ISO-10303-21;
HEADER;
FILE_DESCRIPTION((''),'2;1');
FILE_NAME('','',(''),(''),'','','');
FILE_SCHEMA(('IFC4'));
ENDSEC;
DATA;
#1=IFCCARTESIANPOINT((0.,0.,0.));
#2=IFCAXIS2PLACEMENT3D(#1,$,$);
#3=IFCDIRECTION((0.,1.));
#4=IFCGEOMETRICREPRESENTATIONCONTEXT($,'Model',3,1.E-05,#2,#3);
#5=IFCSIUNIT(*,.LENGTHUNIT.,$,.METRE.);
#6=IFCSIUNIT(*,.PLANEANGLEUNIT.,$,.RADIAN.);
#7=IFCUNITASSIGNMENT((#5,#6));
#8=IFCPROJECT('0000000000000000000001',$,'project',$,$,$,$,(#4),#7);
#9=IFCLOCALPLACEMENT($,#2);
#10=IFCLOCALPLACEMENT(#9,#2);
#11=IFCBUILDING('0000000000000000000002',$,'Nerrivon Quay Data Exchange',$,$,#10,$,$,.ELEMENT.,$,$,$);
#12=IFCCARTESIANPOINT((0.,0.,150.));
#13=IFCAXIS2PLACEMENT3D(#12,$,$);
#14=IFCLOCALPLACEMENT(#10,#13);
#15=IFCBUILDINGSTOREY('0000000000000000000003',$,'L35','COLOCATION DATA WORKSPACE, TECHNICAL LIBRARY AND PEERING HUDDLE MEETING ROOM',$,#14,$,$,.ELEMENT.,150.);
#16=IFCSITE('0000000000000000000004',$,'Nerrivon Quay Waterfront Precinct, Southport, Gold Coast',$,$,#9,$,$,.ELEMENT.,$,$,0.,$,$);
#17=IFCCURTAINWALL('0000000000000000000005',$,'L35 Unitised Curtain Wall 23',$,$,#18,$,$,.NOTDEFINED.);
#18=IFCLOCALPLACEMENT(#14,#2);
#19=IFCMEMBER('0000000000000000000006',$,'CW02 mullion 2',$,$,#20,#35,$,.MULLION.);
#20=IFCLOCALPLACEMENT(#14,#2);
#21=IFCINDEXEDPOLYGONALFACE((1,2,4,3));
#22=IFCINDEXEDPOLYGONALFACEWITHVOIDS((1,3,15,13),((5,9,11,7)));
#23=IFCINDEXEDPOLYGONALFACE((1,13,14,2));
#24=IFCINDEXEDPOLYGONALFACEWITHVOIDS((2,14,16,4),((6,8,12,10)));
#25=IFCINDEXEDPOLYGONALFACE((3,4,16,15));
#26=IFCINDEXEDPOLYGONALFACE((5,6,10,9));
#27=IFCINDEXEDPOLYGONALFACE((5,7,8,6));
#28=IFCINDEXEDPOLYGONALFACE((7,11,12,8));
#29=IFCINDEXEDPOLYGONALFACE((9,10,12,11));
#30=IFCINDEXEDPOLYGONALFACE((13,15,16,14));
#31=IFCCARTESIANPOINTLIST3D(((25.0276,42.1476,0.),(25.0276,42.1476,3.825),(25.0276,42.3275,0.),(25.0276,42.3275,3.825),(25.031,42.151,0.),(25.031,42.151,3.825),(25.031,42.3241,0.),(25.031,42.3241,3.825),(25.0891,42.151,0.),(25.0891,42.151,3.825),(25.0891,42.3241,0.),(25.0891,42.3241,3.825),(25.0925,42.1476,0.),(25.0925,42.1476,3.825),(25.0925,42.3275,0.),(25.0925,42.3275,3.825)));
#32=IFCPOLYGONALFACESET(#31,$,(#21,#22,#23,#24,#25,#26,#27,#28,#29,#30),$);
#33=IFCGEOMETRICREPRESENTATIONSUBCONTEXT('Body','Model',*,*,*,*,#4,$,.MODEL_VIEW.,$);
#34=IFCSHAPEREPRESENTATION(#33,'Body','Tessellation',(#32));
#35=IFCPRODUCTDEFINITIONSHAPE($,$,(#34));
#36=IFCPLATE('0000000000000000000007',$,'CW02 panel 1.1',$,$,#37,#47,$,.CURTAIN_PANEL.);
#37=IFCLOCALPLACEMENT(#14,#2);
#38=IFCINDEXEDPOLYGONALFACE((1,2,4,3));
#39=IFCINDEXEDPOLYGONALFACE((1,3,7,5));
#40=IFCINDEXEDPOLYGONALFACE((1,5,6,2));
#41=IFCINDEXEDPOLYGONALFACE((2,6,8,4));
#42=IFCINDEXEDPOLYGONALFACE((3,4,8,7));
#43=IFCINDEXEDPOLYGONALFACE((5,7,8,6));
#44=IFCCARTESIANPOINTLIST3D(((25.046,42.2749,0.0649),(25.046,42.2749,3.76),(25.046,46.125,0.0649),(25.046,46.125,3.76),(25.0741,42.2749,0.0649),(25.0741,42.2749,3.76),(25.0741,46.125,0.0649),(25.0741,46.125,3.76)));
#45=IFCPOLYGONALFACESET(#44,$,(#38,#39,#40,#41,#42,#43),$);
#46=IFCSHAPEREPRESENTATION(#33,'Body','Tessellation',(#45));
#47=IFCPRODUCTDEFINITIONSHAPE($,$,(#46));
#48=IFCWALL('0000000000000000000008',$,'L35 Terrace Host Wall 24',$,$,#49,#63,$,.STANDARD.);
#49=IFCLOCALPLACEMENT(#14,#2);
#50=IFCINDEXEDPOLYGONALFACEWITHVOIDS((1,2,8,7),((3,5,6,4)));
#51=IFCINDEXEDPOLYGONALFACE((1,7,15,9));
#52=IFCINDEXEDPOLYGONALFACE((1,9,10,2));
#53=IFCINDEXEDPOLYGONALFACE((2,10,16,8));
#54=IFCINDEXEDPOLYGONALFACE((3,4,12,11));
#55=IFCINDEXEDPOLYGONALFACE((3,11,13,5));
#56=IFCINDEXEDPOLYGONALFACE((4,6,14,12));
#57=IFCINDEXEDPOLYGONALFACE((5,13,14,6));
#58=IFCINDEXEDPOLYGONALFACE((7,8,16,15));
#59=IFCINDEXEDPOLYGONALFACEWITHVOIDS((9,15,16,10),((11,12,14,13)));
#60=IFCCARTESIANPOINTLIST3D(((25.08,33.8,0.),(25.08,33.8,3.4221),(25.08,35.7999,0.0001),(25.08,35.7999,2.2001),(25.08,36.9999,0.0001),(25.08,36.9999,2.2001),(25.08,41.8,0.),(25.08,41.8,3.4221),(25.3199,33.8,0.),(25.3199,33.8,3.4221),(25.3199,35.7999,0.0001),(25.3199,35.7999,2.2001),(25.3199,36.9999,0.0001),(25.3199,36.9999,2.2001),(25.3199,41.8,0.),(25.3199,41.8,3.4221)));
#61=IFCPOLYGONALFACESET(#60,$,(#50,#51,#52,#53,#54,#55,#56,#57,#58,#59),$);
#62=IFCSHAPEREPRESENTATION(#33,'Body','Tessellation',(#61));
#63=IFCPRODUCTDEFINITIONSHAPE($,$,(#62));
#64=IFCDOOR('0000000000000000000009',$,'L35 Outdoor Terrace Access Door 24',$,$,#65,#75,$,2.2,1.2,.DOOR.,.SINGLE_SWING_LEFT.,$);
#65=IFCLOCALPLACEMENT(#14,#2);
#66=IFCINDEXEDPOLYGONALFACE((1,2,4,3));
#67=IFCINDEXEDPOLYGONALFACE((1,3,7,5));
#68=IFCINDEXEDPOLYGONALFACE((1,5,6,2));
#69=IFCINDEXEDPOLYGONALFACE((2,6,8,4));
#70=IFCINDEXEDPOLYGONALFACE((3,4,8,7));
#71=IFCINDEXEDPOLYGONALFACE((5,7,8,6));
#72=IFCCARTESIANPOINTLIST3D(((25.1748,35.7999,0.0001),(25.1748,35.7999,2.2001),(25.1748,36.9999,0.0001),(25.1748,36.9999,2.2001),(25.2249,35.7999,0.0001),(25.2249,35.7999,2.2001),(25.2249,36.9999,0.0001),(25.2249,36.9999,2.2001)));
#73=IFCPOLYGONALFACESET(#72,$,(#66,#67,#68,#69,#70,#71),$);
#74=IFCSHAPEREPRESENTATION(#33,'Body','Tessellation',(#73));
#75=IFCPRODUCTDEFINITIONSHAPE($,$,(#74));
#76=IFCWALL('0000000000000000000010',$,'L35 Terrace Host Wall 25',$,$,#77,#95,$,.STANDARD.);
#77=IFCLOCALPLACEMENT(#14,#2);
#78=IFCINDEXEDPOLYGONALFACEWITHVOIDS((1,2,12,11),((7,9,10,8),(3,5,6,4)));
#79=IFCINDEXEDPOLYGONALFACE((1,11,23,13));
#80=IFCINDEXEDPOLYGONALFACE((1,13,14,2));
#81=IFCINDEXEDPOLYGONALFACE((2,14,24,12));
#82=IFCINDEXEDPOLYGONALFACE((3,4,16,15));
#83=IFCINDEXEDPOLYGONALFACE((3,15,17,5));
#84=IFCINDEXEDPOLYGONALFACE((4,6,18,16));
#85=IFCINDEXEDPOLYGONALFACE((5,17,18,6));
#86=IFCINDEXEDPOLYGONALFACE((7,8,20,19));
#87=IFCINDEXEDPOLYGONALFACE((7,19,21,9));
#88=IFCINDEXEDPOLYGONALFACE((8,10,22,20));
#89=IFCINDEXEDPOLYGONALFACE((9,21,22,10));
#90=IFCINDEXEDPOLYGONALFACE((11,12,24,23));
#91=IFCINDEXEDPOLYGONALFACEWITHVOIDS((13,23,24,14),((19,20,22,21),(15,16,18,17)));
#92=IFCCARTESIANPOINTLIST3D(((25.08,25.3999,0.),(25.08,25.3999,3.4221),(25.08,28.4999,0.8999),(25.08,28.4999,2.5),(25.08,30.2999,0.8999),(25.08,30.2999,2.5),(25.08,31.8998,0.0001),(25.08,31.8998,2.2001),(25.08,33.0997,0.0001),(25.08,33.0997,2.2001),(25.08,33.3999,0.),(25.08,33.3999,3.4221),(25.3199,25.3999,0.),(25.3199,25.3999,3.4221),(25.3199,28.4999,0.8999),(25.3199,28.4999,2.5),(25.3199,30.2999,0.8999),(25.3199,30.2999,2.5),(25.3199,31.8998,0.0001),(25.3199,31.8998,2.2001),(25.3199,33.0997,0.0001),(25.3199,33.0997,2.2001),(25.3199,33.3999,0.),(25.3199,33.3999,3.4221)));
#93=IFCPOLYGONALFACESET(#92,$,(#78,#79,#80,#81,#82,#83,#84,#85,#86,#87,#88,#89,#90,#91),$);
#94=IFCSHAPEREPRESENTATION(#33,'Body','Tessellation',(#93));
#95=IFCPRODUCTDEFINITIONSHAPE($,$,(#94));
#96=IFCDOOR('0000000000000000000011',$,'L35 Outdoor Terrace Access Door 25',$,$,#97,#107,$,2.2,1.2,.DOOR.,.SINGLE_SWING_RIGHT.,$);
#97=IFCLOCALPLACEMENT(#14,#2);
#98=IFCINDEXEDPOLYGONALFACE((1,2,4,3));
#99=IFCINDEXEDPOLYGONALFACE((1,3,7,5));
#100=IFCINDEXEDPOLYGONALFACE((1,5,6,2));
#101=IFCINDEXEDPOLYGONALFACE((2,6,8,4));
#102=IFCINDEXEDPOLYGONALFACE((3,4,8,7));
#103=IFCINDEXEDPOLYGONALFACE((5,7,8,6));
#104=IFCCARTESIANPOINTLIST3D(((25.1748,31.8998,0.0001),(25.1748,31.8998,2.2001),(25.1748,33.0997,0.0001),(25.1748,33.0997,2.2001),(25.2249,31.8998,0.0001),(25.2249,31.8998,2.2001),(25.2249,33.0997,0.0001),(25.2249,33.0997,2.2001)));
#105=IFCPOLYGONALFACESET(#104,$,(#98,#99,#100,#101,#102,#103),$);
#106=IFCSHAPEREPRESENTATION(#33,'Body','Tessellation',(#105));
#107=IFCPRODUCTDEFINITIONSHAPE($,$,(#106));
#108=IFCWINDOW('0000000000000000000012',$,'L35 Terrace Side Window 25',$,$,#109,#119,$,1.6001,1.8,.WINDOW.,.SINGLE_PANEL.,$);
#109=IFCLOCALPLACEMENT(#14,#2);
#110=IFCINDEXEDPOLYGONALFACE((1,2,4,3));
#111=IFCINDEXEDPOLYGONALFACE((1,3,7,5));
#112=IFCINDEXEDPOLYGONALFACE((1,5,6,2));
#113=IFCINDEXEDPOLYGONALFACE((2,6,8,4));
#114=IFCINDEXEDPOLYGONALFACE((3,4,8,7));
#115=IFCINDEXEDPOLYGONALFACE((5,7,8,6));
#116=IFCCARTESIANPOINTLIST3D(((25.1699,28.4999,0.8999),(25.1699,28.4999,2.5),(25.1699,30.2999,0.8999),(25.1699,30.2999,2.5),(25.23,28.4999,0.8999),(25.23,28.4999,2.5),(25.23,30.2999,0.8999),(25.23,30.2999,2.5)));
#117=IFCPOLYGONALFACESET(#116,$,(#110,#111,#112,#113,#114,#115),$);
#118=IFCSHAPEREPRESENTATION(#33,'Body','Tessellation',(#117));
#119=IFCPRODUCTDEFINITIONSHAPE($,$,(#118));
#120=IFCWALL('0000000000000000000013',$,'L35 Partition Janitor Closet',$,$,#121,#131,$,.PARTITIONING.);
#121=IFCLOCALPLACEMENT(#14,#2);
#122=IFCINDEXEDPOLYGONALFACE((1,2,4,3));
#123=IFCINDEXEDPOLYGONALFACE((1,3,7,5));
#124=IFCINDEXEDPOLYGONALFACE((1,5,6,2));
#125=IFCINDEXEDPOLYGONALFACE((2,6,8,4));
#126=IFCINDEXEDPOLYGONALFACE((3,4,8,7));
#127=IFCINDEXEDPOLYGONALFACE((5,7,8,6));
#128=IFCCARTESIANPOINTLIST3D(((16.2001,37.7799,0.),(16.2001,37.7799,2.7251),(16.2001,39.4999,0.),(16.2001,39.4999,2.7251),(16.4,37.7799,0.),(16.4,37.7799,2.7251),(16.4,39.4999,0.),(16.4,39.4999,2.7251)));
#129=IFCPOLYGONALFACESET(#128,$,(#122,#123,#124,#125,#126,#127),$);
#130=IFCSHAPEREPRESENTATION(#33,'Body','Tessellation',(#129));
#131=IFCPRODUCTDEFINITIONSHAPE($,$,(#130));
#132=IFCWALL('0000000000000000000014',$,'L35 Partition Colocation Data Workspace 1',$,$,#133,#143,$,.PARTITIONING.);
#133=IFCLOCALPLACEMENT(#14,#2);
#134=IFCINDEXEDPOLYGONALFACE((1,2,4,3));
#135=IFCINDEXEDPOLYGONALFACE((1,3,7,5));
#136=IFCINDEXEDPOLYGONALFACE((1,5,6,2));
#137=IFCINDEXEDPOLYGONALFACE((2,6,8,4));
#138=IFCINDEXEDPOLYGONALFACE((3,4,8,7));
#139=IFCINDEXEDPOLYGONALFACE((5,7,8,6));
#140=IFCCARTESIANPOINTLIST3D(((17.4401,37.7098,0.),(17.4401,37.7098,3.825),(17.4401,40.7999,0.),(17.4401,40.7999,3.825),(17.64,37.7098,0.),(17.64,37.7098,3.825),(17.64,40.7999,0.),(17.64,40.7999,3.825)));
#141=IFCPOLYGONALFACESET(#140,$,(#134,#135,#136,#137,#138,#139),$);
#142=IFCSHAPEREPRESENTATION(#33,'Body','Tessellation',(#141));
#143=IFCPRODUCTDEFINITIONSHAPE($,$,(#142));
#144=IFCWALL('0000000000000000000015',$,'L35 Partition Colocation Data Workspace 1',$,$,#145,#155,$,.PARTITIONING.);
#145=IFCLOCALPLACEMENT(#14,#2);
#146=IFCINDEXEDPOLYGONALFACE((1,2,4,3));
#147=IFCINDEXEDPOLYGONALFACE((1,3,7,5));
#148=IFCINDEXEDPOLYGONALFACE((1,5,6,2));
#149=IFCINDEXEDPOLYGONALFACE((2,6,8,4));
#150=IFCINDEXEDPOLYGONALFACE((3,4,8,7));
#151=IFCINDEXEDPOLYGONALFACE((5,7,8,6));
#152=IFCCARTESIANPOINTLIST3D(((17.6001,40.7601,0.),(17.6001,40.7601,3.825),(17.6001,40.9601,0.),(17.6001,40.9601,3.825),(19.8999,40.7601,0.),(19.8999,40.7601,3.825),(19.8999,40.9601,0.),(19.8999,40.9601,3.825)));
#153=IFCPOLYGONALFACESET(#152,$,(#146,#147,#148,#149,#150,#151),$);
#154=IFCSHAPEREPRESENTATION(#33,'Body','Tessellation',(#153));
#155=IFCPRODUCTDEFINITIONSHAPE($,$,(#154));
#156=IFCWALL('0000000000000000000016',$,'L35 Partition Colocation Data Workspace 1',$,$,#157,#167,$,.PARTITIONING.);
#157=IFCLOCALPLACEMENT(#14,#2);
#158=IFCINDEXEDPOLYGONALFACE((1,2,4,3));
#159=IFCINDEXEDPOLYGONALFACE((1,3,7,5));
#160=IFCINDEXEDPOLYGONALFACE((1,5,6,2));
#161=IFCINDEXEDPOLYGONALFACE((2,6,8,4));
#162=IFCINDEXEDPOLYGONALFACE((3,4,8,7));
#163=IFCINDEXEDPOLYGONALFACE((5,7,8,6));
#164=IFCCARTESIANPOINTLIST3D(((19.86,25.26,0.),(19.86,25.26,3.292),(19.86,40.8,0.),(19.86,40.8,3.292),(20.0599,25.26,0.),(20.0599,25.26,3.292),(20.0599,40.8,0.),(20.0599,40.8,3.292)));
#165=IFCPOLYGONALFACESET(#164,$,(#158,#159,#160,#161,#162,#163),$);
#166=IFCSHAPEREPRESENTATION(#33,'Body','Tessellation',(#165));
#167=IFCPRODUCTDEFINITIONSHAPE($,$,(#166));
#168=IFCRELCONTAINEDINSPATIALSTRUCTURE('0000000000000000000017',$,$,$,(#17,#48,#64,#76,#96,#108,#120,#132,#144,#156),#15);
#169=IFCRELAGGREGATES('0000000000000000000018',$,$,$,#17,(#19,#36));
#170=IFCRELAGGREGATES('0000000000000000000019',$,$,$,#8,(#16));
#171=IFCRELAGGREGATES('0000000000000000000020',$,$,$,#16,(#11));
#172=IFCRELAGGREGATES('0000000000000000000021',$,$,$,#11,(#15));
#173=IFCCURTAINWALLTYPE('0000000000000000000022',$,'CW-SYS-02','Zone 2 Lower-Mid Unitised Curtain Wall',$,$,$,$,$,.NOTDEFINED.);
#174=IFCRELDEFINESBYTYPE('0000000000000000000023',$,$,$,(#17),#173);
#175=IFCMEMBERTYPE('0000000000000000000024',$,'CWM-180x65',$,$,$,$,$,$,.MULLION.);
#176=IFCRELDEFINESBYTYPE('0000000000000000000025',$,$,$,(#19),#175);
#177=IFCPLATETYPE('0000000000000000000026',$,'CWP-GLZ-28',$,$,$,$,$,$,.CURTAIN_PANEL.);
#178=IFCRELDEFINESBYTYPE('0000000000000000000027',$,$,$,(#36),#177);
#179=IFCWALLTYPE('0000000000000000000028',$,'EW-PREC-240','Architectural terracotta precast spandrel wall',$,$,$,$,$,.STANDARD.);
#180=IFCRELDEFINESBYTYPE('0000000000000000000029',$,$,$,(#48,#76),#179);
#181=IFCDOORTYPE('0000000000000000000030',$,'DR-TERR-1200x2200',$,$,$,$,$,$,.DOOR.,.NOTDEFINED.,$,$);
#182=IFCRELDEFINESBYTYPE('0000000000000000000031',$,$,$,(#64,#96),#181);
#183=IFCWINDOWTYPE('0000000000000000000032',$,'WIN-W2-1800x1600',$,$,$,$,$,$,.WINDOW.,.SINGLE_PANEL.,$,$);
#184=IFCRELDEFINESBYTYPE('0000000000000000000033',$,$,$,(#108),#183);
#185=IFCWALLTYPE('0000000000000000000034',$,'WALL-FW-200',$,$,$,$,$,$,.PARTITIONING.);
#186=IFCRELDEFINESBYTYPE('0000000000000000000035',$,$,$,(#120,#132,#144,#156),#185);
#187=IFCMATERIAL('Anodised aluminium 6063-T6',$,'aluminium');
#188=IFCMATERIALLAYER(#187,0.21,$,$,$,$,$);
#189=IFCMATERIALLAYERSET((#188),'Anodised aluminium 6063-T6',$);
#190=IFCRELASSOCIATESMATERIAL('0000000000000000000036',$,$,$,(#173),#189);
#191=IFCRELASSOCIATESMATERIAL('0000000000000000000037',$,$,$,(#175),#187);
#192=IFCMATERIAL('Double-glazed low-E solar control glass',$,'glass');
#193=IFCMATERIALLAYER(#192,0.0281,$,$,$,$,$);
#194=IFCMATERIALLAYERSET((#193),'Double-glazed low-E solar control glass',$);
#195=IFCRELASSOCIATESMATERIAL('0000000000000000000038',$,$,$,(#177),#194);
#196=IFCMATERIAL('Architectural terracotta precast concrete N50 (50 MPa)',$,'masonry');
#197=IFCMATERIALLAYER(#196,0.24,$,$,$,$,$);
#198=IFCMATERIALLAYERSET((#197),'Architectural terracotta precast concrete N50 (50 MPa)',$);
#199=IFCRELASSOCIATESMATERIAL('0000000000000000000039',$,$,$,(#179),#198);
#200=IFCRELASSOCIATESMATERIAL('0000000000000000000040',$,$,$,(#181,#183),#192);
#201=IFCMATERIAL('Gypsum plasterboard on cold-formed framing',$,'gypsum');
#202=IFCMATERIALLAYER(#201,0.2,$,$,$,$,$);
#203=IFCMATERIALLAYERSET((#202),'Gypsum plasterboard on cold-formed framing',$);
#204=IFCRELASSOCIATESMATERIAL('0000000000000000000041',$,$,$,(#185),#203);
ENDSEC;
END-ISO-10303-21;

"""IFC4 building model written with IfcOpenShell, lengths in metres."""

from ifc_helpers import new_model, si_unit, direction, frame, frame_2d, origin, origin_2d, place, context, subcontext, project, spatial, rectangle, hollow_rectangle, extrude, material, layer, layer_set, material_profile, profile_set, type_object, element, fill, aggregate, save


model = new_model("IFC4")

# Units and contexts
model_context = context("Model", 3, precision=1e-05, world=origin(), true_north=direction((0.0, 1.0)))
body_context = subcontext(model_context, "Body", "Model", "MODEL_VIEW")
ifc_project = project(units=[si_unit("LENGTHUNIT", "METRE"), si_unit("PLANEANGLEUNIT", "RADIAN")], contexts=[model_context])

# Site, building, storey
site_placement = place(None, origin())
site = spatial("IfcSite", under=ifc_project, at=site_placement, Name="Nerrivon Quay Waterfront Precinct, Southport, Gold Coast", CompositionType="ELEMENT", RefElevation=0.0)
building_placement = place(site_placement, origin())
building = spatial("IfcBuilding", under=site, at=building_placement, Name="Nerrivon Quay Data Exchange", CompositionType="ELEMENT")
storey_placement = place(building_placement, frame((0.0, 0.0, 150.0)))
storey = spatial("IfcBuildingStorey", under=building, at=storey_placement, Name="L35", Description="COLOCATION DATA WORKSPACE, TECHNICAL LIBRARY AND PEERING HUDDLE MEETING ROOM", CompositionType="ELEMENT", Elevation=150.0)

# Curtain wall, member, plate
ifc_material_1 = material(Name="Anodised aluminium 6063-T6", Category="aluminium")
ifc_layer_1 = layer(ifc_material_1, 0.21)
ifc_layer_set_1 = layer_set([ifc_layer_1], Name="Anodised aluminium 6063-T6")
curtain_wall_type = type_object("IfcCurtainWallType", Name="CW-SYS-02", Description="Zone 2 Lower-Mid Unitised Curtain Wall", PredefinedType="NOTDEFINED", material=ifc_layer_set_1)
curtain_wall_placement = place(storey_placement, origin())
curtain_wall = element("IfcCurtainWall", 1, at=curtain_wall_placement, inside=storey, type_object=curtain_wall_type, Name="L35 Unitised Curtain Wall 23", PredefinedType="NOTDEFINED")
ifc_material_profile_1 = material_profile(ifc_material_1, hollow_rectangle(XDim=0.0649, YDim=0.1799, WallThickness=0.0034, at=origin_2d()), Name="ALU-MULL-180x65")
ifc_profile_set_1 = profile_set([ifc_material_profile_1], Name="Anodised aluminium 6063-T6")
member_type = type_object("IfcMemberType", Name="CWM-180x65", PredefinedType="MULLION", material=ifc_profile_set_1)
member_placement = place(storey_placement, frame((25.0601, 42.2375, 0.0), z_axis=(0.0, 0.0, 1.0), x_axis=(1.0, 0.0, 0.0)))
member = element("IfcMember", 2, at=member_placement, type_object=member_type, Name="CW02 mullion 2", PredefinedType="MULLION", context=body_context, shape_type="SweptSolid", body=[
    extrude(hollow_rectangle(XDim=0.0649, YDim=0.1799, WallThickness=0.0034, at=origin_2d()), origin(), (0.0, 0.0, 1.0), 3.825),
])
ifc_material_2 = material(Name="Double-glazed low-E solar control glass", Category="glass")
ifc_layer_2 = layer(ifc_material_2, 0.0281)
ifc_layer_set_2 = layer_set([ifc_layer_2], Name="Double-glazed low-E solar control glass")
plate_type = type_object("IfcPlateType", Name="CWP-GLZ-28", PredefinedType="CURTAIN_PANEL", material=ifc_layer_set_2)
plate_placement = place(storey_placement, frame((25.0601, 44.2, 0.0649), z_axis=(0.0, 0.0, 1.0), x_axis=(0.0, -1.0, 0.0)))
plate = element("IfcPlate", 3, at=plate_placement, type_object=plate_type, Name="CW02 panel 1.1", PredefinedType="CURTAIN_PANEL", context=body_context, shape_type="SweptSolid", body=[
    extrude(rectangle(XDim=3.8501, YDim=0.0281, at=origin_2d()), origin(), (0.0, 0.0, 1.0), 3.6951),
])
aggregate(curtain_wall, [member, plate])

# Wall, opening, door
ifc_material_3 = material(Name="Architectural terracotta precast concrete N50 (50 MPa)", Category="masonry")
ifc_layer_3 = layer(ifc_material_3, 0.24)
ifc_layer_set_3 = layer_set([ifc_layer_3], Name="Architectural terracotta precast concrete N50 (50 MPa)")
wall_type_1 = type_object("IfcWallType", Name="EW-PREC-240", Description="Architectural terracotta precast spandrel wall", PredefinedType="STANDARD", material=ifc_layer_set_3)
wall_1_placement = place(storey_placement, frame((25.2, 41.8, 0.0), z_axis=(0.0, 0.0, 1.0), x_axis=(0.0, -1.0, 0.0)))
wall_1 = element("IfcWall", 4, at=wall_1_placement, inside=storey, type_object=wall_type_1, Name="L35 Terrace Host Wall 24", PredefinedType="STANDARD", context=body_context, shape_type="SweptSolid", body=[
    extrude(rectangle(XDim=8.0, YDim=0.24, at=frame_2d((4.0, 0.0))), origin(), (0.0, 0.0, 1.0), 3.4221),
])
opening_1_placement = place(wall_1_placement, frame((4.8, 0.0, 0.0)))
opening_1 = element("IfcOpeningElement", 5, at=opening_1_placement, cuts=wall_1, PredefinedType="OPENING", context=body_context, shape_type="SweptSolid", body=[
    extrude(rectangle(XDim=1.2, YDim=2.2, at=frame_2d((0.6001, 1.1001))), frame((0.0, 0.1299, 0.0), z_axis=(0.0, -1.0, 0.0), x_axis=(1.0, 0.0, 0.0)), (0.0, 0.0, 1.0), 0.26),
])
door_type_1 = type_object("IfcDoorType", Name="DR-TERR-1200x2200", OperationType="NOTDEFINED", PredefinedType="DOOR", material=ifc_material_2)
door_1_placement = place(opening_1_placement, origin())
door_1 = element("IfcDoor", 6, at=door_1_placement, inside=storey, type_object=door_type_1, Name="L35 Outdoor Terrace Access Door 24", OperationType="SINGLE_SWING_LEFT", OverallHeight=2.2, OverallWidth=1.2, PredefinedType="DOOR", context=body_context, shape_type="SweptSolid", body=[
    extrude(rectangle(XDim=1.2, YDim=2.2, at=frame_2d((0.6001, 1.1001))), frame((0.0, 0.0249, 0.0), z_axis=(0.0, -1.0, 0.0), x_axis=(1.0, 0.0, 0.0)), (0.0, 0.0, 1.0), 0.05),
])
fill(opening_1, door_1)

# Wall, openings, door, window
wall_2_placement = place(storey_placement, frame((25.2, 33.3999, 0.0), z_axis=(0.0, 0.0, 1.0), x_axis=(0.0, -1.0, 0.0)))
wall_2 = element("IfcWall", 7, at=wall_2_placement, inside=storey, type_object=wall_type_1, Name="L35 Terrace Host Wall 25", PredefinedType="STANDARD", context=body_context, shape_type="SweptSolid", body=[
    extrude(rectangle(XDim=8.0, YDim=0.24, at=frame_2d((4.0, 0.0))), origin(), (0.0, 0.0, 1.0), 3.4221),
])
opening_2_placement = place(wall_2_placement, frame((0.3, 0.0, 0.0)))
opening_2 = element("IfcOpeningElement", 8, at=opening_2_placement, cuts=wall_2, PredefinedType="OPENING", context=body_context, shape_type="SweptSolid", body=[
    extrude(rectangle(XDim=1.2, YDim=2.2, at=frame_2d((0.6001, 1.1001))), frame((0.0, 0.1299, 0.0), z_axis=(0.0, -1.0, 0.0), x_axis=(1.0, 0.0, 0.0)), (0.0, 0.0, 1.0), 0.26),
])
opening_3_placement = place(wall_2_placement, frame((3.1001, 0.0, 0.8999)))
opening_3 = element("IfcOpeningElement", 9, at=opening_3_placement, cuts=wall_2, PredefinedType="OPENING", context=body_context, shape_type="SweptSolid", body=[
    extrude(rectangle(XDim=1.8, YDim=1.6001, at=frame_2d((0.8999, 0.8))), frame((0.0, 0.1299, 0.0), z_axis=(0.0, -1.0, 0.0), x_axis=(1.0, 0.0, 0.0)), (0.0, 0.0, 1.0), 0.26),
])
door_2_placement = place(opening_2_placement, origin())
door_2 = element("IfcDoor", 10, at=door_2_placement, inside=storey, type_object=door_type_1, Name="L35 Outdoor Terrace Access Door 25", OperationType="SINGLE_SWING_RIGHT", OverallHeight=2.2, OverallWidth=1.2, PredefinedType="DOOR", context=body_context, shape_type="SweptSolid", body=[
    extrude(rectangle(XDim=1.2, YDim=2.2, at=frame_2d((0.6001, 1.1001))), frame((0.0, 0.0249, 0.0), z_axis=(0.0, -1.0, 0.0), x_axis=(1.0, 0.0, 0.0)), (0.0, 0.0, 1.0), 0.05),
])
fill(opening_2, door_2)
window_type = type_object("IfcWindowType", Name="WIN-W2-1800x1600", PartitioningType="SINGLE_PANEL", PredefinedType="WINDOW", material=ifc_material_2)
window_placement = place(opening_3_placement, origin())
window = element("IfcWindow", 11, at=window_placement, inside=storey, type_object=window_type, Name="L35 Terrace Side Window 25", OverallHeight=1.6001, OverallWidth=1.8, PartitioningType="SINGLE_PANEL", PredefinedType="WINDOW", context=body_context, shape_type="SweptSolid", body=[
    extrude(rectangle(XDim=1.8, YDim=1.6001, at=frame_2d((0.8999, 0.8))), frame((0.0, 0.03, 0.0), z_axis=(0.0, -1.0, 0.0), x_axis=(1.0, 0.0, 0.0)), (0.0, 0.0, 1.0), 0.0601),
])
fill(opening_3, window)

# Walls
ifc_material_4 = material(Name="Gypsum plasterboard on cold-formed framing", Category="gypsum")
ifc_layer_4 = layer(ifc_material_4, 0.2)
ifc_layer_set_4 = layer_set([ifc_layer_4], Name="Gypsum plasterboard on cold-formed framing")
wall_type_2 = type_object("IfcWallType", Name="WALL-FW-200", PredefinedType="PARTITIONING", material=ifc_layer_set_4)
wall_3_placement = place(storey_placement, frame((16.3, 37.78, 0.0), z_axis=(0.0, 0.0, 1.0), x_axis=(0.0, 1.0, 0.0)))
element("IfcWall", 12, at=wall_3_placement, inside=storey, type_object=wall_type_2, Name="L35 Partition Janitor Closet", PredefinedType="PARTITIONING", context=body_context, shape_type="SweptSolid", body=[
    extrude(rectangle(XDim=1.72, YDim=0.2, at=frame_2d((0.8599, 0.0))), origin(), (0.0, 0.0, 1.0), 2.7251),
])
wall_4_placement = place(storey_placement, frame((17.54, 37.71, 0.0), z_axis=(0.0, 0.0, 1.0), x_axis=(0.0, 1.0, 0.0)))
element("IfcWall", 13, at=wall_4_placement, inside=storey, type_object=wall_type_2, Name="L35 Partition Colocation Data Workspace 1", PredefinedType="PARTITIONING", context=body_context, shape_type="SweptSolid", body=[
    extrude(rectangle(XDim=3.0901, YDim=0.2, at=frame_2d((1.5449, 0.0))), origin(), (0.0, 0.0, 1.0), 3.825),
])
wall_5_placement = place(storey_placement, frame((17.6001, 40.8601, 0.0), z_axis=(0.0, 0.0, 1.0), x_axis=(1.0, 0.0, 0.0)))
element("IfcWall", 14, at=wall_5_placement, inside=storey, type_object=wall_type_2, Name="L35 Partition Colocation Data Workspace 1", PredefinedType="PARTITIONING", context=body_context, shape_type="SweptSolid", body=[
    extrude(rectangle(XDim=2.2998, YDim=0.2, at=frame_2d((1.1499, 0.0))), origin(), (0.0, 0.0, 1.0), 3.825),
])
wall_6_placement = place(storey_placement, frame((19.96, 40.8, 0.0), z_axis=(0.0, 0.0, 1.0), x_axis=(0.0, -1.0, 0.0)))
element("IfcWall", 15, at=wall_6_placement, inside=storey, type_object=wall_type_2, Name="L35 Partition Colocation Data Workspace 1", PredefinedType="PARTITIONING", context=body_context, shape_type="SweptSolid", body=[
    extrude(rectangle(XDim=15.54, YDim=0.2, at=frame_2d((7.77, 0.0))), origin(), (0.0, 0.0, 1.0), 3.292),
])

save(model, "model.ifc")
